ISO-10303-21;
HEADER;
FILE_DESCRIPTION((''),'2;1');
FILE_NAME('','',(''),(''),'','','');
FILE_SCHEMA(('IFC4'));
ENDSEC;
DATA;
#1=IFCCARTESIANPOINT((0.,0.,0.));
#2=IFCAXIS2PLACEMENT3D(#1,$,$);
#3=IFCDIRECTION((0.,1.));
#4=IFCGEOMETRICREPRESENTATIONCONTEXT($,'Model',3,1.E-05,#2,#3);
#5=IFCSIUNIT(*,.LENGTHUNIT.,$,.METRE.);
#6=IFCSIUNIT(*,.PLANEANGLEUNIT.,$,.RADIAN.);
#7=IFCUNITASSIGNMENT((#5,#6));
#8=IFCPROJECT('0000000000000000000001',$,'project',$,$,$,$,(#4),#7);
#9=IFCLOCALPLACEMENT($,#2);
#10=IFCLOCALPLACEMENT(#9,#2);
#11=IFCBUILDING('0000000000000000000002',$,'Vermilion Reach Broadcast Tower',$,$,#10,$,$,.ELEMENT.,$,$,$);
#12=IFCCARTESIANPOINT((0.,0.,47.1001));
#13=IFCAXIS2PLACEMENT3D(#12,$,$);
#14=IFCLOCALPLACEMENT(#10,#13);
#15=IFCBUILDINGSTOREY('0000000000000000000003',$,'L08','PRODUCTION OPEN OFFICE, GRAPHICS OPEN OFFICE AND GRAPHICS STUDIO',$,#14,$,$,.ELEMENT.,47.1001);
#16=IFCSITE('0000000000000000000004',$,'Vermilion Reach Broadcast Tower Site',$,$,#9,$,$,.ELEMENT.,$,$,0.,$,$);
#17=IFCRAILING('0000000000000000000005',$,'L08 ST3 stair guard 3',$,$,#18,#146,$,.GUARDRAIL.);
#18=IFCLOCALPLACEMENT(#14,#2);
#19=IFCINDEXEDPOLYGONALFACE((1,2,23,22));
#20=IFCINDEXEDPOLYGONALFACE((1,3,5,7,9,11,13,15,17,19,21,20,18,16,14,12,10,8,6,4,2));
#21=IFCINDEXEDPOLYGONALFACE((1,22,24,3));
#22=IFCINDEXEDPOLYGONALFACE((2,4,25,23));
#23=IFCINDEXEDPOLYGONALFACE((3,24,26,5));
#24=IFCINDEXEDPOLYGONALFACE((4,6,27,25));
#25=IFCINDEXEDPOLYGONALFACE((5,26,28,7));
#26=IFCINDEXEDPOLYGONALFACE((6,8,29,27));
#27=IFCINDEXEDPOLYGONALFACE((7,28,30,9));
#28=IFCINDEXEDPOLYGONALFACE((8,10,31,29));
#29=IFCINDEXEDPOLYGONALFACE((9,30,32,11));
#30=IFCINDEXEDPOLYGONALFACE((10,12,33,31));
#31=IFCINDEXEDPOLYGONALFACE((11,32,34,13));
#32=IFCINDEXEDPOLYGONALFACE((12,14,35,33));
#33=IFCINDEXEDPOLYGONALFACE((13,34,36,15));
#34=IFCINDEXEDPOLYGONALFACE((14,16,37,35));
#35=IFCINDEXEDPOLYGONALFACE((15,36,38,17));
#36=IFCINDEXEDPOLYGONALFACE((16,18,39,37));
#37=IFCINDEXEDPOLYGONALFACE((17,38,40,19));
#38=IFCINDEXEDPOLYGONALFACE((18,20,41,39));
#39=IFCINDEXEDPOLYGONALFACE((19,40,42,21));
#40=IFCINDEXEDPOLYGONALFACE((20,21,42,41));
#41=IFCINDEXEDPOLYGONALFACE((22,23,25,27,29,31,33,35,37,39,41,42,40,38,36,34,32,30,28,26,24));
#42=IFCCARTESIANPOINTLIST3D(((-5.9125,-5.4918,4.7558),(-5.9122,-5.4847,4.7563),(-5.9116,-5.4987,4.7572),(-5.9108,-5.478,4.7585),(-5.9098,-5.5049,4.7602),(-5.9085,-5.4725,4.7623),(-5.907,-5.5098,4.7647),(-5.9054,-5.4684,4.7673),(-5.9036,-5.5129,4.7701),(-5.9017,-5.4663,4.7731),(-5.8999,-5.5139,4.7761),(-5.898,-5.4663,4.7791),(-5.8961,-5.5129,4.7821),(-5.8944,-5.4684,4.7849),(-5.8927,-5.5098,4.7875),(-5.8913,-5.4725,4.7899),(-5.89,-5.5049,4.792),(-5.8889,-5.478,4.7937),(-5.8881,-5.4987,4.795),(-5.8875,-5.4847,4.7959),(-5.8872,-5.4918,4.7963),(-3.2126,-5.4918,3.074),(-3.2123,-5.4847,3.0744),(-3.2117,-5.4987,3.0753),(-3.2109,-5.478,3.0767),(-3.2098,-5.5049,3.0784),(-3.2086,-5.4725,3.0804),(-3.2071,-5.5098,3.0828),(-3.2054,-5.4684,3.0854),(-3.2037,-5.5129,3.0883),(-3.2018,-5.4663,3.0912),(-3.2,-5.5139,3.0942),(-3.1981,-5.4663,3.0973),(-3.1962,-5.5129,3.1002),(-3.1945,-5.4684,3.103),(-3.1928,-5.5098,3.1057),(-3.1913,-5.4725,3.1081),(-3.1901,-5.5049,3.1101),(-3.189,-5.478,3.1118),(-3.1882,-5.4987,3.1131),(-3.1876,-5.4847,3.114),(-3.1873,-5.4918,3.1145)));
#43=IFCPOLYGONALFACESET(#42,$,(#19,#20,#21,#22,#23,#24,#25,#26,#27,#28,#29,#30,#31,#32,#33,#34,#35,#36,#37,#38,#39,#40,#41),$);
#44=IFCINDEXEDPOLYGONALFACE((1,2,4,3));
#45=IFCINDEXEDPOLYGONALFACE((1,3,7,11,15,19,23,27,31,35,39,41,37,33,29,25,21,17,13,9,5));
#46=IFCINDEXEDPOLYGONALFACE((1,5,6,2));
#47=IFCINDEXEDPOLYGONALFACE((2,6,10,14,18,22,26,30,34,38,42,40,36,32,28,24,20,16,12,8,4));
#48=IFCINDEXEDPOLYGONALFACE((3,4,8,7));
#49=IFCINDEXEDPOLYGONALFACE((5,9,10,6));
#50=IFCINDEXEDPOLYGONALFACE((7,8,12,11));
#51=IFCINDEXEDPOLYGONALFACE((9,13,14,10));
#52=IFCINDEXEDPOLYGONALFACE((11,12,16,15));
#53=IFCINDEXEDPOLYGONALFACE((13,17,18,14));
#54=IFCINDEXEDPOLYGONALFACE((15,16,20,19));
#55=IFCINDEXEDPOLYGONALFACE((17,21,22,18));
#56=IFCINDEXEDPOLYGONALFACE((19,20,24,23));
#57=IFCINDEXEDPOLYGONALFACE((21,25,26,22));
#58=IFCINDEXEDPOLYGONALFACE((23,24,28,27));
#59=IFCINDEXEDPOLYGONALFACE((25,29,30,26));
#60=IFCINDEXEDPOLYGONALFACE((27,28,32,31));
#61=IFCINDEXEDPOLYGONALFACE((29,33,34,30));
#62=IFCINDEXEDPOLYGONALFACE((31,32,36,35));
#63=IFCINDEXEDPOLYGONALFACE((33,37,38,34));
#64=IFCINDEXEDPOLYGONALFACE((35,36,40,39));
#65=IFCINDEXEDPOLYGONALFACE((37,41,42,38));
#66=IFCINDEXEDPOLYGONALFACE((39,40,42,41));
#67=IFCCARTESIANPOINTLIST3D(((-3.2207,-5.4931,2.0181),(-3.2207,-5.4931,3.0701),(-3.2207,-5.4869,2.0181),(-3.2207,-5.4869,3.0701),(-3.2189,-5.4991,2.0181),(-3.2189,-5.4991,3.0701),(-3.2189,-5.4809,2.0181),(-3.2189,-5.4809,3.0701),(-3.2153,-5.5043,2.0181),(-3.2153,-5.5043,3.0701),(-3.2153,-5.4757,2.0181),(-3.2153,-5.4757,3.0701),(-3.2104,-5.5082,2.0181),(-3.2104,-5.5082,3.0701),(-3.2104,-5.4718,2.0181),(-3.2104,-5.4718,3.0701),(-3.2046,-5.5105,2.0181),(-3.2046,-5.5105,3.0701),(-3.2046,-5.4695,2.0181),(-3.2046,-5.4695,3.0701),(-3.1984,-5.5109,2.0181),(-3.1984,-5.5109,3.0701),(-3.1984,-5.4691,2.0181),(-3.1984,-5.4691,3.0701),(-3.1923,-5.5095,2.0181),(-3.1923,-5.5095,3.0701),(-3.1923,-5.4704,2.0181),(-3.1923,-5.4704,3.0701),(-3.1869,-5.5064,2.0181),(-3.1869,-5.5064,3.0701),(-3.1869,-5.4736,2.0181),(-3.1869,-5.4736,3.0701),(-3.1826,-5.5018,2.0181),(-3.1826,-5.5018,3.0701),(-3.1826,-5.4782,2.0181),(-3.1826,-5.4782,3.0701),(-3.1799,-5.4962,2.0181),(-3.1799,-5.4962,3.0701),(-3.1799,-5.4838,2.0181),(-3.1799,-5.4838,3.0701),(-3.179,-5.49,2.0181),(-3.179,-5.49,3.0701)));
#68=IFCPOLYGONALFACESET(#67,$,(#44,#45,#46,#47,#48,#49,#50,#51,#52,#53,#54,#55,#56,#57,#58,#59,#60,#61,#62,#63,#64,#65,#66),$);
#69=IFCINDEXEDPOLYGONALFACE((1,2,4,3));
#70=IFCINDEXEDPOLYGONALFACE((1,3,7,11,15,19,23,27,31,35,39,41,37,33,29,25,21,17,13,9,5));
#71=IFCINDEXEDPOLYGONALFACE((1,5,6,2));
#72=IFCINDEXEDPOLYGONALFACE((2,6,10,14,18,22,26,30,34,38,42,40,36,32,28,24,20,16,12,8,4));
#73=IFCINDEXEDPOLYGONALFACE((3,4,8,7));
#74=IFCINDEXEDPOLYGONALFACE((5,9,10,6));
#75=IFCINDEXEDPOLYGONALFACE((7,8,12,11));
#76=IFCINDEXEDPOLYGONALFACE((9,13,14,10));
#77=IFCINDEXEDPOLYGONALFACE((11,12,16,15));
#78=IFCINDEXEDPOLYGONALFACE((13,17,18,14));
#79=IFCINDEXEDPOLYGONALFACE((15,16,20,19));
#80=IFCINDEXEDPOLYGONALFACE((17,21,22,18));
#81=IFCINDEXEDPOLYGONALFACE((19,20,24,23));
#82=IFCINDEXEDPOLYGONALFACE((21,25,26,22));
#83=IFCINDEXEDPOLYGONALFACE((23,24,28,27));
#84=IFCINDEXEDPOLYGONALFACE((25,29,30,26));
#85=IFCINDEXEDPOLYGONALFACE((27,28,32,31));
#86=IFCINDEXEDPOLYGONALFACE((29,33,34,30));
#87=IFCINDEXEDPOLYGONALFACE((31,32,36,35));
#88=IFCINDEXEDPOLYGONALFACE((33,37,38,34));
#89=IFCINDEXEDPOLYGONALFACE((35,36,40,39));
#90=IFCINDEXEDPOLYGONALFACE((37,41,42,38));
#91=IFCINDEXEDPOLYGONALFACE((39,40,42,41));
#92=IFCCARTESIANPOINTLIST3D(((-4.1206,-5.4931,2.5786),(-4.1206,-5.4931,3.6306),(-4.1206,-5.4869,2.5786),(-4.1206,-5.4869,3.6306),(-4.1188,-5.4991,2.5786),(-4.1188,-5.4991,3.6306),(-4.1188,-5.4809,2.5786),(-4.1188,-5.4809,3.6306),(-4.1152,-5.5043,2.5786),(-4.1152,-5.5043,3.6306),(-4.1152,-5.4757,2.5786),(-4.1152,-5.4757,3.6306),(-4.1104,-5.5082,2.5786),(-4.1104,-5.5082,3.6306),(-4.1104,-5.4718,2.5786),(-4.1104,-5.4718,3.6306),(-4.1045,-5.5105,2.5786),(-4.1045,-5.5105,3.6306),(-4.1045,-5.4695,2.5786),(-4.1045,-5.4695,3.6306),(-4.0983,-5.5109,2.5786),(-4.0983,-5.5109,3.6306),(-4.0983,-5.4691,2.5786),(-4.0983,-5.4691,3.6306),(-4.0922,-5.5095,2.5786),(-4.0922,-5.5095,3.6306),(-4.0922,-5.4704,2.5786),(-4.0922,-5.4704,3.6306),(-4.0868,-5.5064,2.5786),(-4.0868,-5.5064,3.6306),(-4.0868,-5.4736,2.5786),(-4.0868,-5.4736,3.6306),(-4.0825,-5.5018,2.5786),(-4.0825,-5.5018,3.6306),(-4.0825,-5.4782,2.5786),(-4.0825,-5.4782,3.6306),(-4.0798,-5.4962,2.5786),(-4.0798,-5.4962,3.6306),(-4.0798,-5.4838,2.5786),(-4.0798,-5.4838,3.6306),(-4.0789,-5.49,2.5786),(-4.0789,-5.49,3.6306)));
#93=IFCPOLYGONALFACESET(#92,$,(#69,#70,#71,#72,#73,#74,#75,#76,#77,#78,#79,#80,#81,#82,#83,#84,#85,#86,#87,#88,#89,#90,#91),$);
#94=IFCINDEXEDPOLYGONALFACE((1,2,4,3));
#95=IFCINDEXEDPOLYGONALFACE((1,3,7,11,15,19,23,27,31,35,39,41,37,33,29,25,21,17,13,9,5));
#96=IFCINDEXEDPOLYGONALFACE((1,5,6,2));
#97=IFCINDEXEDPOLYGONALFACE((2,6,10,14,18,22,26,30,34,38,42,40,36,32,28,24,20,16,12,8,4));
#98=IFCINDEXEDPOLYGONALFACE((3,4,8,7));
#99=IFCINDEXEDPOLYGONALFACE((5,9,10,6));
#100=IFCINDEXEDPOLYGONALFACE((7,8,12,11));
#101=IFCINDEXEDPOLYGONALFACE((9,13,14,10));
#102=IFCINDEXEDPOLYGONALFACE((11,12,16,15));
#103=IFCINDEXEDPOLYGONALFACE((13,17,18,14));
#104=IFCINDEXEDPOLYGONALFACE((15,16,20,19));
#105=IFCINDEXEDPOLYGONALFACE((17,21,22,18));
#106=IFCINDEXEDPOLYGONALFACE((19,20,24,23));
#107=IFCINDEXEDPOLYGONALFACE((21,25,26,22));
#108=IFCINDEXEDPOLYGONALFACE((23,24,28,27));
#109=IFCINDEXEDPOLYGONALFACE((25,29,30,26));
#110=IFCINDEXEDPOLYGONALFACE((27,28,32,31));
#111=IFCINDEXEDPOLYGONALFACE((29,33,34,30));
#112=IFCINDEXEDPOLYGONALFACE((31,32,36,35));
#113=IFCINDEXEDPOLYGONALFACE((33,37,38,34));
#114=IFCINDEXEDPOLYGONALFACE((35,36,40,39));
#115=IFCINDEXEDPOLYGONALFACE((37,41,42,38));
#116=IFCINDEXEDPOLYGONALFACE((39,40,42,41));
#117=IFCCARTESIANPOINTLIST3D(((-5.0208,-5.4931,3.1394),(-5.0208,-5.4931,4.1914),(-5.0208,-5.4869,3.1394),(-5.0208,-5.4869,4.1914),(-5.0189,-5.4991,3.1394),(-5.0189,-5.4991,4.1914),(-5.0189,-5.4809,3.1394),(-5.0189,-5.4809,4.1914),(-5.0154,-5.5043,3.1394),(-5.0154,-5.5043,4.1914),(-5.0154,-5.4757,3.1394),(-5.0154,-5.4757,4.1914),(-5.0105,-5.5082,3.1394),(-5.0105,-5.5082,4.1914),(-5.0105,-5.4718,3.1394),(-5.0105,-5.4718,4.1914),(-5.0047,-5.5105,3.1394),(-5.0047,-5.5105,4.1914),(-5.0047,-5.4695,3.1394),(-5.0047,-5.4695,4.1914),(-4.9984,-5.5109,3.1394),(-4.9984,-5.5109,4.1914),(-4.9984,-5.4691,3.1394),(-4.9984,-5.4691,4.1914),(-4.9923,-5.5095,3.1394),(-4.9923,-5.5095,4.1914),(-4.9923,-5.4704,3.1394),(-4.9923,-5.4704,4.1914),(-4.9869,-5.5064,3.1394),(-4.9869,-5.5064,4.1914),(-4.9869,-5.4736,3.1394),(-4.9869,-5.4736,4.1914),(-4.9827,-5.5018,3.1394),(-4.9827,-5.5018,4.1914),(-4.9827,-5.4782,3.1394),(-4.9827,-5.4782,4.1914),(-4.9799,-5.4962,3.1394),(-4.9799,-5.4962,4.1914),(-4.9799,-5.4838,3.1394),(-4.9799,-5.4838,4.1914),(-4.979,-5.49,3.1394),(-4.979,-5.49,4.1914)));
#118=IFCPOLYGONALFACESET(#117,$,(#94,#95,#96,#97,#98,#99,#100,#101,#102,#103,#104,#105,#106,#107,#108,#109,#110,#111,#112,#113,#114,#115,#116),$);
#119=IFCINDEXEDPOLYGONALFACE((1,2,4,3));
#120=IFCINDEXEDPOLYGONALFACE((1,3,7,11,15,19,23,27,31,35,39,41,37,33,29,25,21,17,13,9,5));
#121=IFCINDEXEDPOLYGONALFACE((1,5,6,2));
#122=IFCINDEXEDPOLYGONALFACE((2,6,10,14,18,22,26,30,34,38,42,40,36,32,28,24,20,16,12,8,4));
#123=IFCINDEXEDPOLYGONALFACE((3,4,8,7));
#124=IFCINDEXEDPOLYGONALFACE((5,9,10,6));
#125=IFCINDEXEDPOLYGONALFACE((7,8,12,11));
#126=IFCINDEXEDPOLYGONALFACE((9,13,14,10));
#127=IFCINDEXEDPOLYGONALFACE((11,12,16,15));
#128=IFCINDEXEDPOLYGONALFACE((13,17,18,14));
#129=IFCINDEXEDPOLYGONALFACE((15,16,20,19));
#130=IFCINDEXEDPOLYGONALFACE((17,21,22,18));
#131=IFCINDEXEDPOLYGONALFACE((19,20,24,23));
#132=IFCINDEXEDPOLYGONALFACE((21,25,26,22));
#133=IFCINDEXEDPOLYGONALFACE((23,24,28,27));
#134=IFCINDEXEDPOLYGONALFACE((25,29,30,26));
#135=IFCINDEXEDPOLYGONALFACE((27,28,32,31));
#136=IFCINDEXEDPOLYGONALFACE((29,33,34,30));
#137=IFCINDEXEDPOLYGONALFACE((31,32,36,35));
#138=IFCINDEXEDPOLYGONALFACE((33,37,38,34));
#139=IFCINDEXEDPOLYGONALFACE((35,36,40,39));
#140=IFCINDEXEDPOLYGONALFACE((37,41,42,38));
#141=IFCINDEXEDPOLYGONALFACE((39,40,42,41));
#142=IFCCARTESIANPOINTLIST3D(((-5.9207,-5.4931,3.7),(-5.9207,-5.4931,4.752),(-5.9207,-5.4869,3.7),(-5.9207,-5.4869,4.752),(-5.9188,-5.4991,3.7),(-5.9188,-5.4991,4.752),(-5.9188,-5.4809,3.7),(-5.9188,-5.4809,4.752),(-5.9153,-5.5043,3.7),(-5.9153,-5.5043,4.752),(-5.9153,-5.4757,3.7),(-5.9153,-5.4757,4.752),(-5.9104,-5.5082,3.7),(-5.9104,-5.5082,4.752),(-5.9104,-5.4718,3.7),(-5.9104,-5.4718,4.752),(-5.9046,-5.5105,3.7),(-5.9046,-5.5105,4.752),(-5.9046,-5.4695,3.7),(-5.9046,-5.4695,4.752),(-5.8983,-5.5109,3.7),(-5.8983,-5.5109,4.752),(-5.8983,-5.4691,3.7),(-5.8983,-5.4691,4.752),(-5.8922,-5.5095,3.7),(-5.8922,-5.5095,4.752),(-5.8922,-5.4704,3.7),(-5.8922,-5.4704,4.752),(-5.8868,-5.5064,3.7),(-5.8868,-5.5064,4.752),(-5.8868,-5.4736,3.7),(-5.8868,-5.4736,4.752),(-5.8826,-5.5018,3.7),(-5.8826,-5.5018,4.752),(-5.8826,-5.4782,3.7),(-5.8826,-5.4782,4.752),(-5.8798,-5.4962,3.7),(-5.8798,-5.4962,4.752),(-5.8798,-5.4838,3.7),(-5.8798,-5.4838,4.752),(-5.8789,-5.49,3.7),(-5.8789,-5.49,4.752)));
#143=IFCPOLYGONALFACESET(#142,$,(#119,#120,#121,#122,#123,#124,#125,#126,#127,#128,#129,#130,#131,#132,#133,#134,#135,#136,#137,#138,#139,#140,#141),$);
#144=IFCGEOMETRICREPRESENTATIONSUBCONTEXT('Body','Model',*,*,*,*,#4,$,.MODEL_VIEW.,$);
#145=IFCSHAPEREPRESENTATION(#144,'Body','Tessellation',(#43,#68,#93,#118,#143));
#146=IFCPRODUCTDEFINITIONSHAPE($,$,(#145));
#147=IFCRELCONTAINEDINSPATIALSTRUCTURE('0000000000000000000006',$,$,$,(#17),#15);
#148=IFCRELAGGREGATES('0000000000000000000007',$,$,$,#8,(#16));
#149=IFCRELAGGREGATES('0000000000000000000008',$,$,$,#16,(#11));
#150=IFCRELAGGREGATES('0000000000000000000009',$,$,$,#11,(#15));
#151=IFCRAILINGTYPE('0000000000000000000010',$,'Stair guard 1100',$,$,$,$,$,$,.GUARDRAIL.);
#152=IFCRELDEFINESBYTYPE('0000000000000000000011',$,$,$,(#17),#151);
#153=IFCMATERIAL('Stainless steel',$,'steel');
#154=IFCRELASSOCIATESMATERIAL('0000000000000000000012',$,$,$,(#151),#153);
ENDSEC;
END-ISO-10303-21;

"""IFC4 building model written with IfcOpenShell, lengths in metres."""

from ifc_helpers import new_model, si_unit, direction, frame, origin, origin_2d, place, context, subcontext, project, spatial, circle, extrude, material, type_object, element, save


model = new_model("IFC4")

# Units and contexts
model_context = context("Model", 3, precision=1e-05, world=origin(), true_north=direction((0.0, 1.0)))
body_context = subcontext(model_context, "Body", "Model", "MODEL_VIEW")
ifc_project = project(units=[si_unit("LENGTHUNIT", "METRE"), si_unit("PLANEANGLEUNIT", "RADIAN")], contexts=[model_context])

# Site, building, storey
site_placement = place(None, origin())
site = spatial("IfcSite", under=ifc_project, at=site_placement, Name="Vermilion Reach Broadcast Tower Site", CompositionType="ELEMENT", RefElevation=0.0)
building_placement = place(site_placement, origin())
building = spatial("IfcBuilding", under=site, at=building_placement, Name="Vermilion Reach Broadcast Tower", CompositionType="ELEMENT")
storey_placement = place(building_placement, frame((0.0, 0.0, 47.1001)))
storey = spatial("IfcBuildingStorey", under=building, at=storey_placement, Name="L08", Description="PRODUCTION OPEN OFFICE, GRAPHICS OPEN OFFICE AND GRAPHICS STUDIO", CompositionType="ELEMENT", Elevation=47.1001)

# Railing
ifc_material_1 = material(Name="Stainless steel", Category="steel")
railing_type_1 = type_object("IfcRailingType", Name="Stair guard 1100", PredefinedType="GUARDRAIL", material=ifc_material_1)
railing_1_placement = place(storey_placement, frame((-3.2, -5.49, 2.0181)))
element("IfcRailing", 1, at=railing_1_placement, inside=storey, type_object=railing_type_1, Name="L08 ST3 stair guard 3", PredefinedType="GUARDRAIL", context=body_context, shape_type="SweptSolid", body=[
    extrude(circle(Radius=0.0239, at=origin_2d()), frame((0.0, 0.0, 1.0762), z_axis=(-0.848786, 0.0, 0.528736), x_axis=(0.0, -1.0, 0.0)), (0.0, 0.0, 1.0), 3.1809),
    extrude(circle(Radius=0.021, at=origin_2d()), origin(), (0.0, 0.0, 1.0), 1.052),
    extrude(circle(Radius=0.021, at=origin_2d()), frame((-0.8999, 0.0, 0.5605)), (0.0, 0.0, 1.0), 1.052),
    extrude(circle(Radius=0.021, at=origin_2d()), frame((-1.8, 0.0, 1.1213)), (0.0, 0.0, 1.0), 1.052),
    extrude(circle(Radius=0.021, at=origin_2d()), frame((-2.7, 0.0, 1.6819)), (0.0, 0.0, 1.0), 1.052),
])

save(model, "model.ifc")
